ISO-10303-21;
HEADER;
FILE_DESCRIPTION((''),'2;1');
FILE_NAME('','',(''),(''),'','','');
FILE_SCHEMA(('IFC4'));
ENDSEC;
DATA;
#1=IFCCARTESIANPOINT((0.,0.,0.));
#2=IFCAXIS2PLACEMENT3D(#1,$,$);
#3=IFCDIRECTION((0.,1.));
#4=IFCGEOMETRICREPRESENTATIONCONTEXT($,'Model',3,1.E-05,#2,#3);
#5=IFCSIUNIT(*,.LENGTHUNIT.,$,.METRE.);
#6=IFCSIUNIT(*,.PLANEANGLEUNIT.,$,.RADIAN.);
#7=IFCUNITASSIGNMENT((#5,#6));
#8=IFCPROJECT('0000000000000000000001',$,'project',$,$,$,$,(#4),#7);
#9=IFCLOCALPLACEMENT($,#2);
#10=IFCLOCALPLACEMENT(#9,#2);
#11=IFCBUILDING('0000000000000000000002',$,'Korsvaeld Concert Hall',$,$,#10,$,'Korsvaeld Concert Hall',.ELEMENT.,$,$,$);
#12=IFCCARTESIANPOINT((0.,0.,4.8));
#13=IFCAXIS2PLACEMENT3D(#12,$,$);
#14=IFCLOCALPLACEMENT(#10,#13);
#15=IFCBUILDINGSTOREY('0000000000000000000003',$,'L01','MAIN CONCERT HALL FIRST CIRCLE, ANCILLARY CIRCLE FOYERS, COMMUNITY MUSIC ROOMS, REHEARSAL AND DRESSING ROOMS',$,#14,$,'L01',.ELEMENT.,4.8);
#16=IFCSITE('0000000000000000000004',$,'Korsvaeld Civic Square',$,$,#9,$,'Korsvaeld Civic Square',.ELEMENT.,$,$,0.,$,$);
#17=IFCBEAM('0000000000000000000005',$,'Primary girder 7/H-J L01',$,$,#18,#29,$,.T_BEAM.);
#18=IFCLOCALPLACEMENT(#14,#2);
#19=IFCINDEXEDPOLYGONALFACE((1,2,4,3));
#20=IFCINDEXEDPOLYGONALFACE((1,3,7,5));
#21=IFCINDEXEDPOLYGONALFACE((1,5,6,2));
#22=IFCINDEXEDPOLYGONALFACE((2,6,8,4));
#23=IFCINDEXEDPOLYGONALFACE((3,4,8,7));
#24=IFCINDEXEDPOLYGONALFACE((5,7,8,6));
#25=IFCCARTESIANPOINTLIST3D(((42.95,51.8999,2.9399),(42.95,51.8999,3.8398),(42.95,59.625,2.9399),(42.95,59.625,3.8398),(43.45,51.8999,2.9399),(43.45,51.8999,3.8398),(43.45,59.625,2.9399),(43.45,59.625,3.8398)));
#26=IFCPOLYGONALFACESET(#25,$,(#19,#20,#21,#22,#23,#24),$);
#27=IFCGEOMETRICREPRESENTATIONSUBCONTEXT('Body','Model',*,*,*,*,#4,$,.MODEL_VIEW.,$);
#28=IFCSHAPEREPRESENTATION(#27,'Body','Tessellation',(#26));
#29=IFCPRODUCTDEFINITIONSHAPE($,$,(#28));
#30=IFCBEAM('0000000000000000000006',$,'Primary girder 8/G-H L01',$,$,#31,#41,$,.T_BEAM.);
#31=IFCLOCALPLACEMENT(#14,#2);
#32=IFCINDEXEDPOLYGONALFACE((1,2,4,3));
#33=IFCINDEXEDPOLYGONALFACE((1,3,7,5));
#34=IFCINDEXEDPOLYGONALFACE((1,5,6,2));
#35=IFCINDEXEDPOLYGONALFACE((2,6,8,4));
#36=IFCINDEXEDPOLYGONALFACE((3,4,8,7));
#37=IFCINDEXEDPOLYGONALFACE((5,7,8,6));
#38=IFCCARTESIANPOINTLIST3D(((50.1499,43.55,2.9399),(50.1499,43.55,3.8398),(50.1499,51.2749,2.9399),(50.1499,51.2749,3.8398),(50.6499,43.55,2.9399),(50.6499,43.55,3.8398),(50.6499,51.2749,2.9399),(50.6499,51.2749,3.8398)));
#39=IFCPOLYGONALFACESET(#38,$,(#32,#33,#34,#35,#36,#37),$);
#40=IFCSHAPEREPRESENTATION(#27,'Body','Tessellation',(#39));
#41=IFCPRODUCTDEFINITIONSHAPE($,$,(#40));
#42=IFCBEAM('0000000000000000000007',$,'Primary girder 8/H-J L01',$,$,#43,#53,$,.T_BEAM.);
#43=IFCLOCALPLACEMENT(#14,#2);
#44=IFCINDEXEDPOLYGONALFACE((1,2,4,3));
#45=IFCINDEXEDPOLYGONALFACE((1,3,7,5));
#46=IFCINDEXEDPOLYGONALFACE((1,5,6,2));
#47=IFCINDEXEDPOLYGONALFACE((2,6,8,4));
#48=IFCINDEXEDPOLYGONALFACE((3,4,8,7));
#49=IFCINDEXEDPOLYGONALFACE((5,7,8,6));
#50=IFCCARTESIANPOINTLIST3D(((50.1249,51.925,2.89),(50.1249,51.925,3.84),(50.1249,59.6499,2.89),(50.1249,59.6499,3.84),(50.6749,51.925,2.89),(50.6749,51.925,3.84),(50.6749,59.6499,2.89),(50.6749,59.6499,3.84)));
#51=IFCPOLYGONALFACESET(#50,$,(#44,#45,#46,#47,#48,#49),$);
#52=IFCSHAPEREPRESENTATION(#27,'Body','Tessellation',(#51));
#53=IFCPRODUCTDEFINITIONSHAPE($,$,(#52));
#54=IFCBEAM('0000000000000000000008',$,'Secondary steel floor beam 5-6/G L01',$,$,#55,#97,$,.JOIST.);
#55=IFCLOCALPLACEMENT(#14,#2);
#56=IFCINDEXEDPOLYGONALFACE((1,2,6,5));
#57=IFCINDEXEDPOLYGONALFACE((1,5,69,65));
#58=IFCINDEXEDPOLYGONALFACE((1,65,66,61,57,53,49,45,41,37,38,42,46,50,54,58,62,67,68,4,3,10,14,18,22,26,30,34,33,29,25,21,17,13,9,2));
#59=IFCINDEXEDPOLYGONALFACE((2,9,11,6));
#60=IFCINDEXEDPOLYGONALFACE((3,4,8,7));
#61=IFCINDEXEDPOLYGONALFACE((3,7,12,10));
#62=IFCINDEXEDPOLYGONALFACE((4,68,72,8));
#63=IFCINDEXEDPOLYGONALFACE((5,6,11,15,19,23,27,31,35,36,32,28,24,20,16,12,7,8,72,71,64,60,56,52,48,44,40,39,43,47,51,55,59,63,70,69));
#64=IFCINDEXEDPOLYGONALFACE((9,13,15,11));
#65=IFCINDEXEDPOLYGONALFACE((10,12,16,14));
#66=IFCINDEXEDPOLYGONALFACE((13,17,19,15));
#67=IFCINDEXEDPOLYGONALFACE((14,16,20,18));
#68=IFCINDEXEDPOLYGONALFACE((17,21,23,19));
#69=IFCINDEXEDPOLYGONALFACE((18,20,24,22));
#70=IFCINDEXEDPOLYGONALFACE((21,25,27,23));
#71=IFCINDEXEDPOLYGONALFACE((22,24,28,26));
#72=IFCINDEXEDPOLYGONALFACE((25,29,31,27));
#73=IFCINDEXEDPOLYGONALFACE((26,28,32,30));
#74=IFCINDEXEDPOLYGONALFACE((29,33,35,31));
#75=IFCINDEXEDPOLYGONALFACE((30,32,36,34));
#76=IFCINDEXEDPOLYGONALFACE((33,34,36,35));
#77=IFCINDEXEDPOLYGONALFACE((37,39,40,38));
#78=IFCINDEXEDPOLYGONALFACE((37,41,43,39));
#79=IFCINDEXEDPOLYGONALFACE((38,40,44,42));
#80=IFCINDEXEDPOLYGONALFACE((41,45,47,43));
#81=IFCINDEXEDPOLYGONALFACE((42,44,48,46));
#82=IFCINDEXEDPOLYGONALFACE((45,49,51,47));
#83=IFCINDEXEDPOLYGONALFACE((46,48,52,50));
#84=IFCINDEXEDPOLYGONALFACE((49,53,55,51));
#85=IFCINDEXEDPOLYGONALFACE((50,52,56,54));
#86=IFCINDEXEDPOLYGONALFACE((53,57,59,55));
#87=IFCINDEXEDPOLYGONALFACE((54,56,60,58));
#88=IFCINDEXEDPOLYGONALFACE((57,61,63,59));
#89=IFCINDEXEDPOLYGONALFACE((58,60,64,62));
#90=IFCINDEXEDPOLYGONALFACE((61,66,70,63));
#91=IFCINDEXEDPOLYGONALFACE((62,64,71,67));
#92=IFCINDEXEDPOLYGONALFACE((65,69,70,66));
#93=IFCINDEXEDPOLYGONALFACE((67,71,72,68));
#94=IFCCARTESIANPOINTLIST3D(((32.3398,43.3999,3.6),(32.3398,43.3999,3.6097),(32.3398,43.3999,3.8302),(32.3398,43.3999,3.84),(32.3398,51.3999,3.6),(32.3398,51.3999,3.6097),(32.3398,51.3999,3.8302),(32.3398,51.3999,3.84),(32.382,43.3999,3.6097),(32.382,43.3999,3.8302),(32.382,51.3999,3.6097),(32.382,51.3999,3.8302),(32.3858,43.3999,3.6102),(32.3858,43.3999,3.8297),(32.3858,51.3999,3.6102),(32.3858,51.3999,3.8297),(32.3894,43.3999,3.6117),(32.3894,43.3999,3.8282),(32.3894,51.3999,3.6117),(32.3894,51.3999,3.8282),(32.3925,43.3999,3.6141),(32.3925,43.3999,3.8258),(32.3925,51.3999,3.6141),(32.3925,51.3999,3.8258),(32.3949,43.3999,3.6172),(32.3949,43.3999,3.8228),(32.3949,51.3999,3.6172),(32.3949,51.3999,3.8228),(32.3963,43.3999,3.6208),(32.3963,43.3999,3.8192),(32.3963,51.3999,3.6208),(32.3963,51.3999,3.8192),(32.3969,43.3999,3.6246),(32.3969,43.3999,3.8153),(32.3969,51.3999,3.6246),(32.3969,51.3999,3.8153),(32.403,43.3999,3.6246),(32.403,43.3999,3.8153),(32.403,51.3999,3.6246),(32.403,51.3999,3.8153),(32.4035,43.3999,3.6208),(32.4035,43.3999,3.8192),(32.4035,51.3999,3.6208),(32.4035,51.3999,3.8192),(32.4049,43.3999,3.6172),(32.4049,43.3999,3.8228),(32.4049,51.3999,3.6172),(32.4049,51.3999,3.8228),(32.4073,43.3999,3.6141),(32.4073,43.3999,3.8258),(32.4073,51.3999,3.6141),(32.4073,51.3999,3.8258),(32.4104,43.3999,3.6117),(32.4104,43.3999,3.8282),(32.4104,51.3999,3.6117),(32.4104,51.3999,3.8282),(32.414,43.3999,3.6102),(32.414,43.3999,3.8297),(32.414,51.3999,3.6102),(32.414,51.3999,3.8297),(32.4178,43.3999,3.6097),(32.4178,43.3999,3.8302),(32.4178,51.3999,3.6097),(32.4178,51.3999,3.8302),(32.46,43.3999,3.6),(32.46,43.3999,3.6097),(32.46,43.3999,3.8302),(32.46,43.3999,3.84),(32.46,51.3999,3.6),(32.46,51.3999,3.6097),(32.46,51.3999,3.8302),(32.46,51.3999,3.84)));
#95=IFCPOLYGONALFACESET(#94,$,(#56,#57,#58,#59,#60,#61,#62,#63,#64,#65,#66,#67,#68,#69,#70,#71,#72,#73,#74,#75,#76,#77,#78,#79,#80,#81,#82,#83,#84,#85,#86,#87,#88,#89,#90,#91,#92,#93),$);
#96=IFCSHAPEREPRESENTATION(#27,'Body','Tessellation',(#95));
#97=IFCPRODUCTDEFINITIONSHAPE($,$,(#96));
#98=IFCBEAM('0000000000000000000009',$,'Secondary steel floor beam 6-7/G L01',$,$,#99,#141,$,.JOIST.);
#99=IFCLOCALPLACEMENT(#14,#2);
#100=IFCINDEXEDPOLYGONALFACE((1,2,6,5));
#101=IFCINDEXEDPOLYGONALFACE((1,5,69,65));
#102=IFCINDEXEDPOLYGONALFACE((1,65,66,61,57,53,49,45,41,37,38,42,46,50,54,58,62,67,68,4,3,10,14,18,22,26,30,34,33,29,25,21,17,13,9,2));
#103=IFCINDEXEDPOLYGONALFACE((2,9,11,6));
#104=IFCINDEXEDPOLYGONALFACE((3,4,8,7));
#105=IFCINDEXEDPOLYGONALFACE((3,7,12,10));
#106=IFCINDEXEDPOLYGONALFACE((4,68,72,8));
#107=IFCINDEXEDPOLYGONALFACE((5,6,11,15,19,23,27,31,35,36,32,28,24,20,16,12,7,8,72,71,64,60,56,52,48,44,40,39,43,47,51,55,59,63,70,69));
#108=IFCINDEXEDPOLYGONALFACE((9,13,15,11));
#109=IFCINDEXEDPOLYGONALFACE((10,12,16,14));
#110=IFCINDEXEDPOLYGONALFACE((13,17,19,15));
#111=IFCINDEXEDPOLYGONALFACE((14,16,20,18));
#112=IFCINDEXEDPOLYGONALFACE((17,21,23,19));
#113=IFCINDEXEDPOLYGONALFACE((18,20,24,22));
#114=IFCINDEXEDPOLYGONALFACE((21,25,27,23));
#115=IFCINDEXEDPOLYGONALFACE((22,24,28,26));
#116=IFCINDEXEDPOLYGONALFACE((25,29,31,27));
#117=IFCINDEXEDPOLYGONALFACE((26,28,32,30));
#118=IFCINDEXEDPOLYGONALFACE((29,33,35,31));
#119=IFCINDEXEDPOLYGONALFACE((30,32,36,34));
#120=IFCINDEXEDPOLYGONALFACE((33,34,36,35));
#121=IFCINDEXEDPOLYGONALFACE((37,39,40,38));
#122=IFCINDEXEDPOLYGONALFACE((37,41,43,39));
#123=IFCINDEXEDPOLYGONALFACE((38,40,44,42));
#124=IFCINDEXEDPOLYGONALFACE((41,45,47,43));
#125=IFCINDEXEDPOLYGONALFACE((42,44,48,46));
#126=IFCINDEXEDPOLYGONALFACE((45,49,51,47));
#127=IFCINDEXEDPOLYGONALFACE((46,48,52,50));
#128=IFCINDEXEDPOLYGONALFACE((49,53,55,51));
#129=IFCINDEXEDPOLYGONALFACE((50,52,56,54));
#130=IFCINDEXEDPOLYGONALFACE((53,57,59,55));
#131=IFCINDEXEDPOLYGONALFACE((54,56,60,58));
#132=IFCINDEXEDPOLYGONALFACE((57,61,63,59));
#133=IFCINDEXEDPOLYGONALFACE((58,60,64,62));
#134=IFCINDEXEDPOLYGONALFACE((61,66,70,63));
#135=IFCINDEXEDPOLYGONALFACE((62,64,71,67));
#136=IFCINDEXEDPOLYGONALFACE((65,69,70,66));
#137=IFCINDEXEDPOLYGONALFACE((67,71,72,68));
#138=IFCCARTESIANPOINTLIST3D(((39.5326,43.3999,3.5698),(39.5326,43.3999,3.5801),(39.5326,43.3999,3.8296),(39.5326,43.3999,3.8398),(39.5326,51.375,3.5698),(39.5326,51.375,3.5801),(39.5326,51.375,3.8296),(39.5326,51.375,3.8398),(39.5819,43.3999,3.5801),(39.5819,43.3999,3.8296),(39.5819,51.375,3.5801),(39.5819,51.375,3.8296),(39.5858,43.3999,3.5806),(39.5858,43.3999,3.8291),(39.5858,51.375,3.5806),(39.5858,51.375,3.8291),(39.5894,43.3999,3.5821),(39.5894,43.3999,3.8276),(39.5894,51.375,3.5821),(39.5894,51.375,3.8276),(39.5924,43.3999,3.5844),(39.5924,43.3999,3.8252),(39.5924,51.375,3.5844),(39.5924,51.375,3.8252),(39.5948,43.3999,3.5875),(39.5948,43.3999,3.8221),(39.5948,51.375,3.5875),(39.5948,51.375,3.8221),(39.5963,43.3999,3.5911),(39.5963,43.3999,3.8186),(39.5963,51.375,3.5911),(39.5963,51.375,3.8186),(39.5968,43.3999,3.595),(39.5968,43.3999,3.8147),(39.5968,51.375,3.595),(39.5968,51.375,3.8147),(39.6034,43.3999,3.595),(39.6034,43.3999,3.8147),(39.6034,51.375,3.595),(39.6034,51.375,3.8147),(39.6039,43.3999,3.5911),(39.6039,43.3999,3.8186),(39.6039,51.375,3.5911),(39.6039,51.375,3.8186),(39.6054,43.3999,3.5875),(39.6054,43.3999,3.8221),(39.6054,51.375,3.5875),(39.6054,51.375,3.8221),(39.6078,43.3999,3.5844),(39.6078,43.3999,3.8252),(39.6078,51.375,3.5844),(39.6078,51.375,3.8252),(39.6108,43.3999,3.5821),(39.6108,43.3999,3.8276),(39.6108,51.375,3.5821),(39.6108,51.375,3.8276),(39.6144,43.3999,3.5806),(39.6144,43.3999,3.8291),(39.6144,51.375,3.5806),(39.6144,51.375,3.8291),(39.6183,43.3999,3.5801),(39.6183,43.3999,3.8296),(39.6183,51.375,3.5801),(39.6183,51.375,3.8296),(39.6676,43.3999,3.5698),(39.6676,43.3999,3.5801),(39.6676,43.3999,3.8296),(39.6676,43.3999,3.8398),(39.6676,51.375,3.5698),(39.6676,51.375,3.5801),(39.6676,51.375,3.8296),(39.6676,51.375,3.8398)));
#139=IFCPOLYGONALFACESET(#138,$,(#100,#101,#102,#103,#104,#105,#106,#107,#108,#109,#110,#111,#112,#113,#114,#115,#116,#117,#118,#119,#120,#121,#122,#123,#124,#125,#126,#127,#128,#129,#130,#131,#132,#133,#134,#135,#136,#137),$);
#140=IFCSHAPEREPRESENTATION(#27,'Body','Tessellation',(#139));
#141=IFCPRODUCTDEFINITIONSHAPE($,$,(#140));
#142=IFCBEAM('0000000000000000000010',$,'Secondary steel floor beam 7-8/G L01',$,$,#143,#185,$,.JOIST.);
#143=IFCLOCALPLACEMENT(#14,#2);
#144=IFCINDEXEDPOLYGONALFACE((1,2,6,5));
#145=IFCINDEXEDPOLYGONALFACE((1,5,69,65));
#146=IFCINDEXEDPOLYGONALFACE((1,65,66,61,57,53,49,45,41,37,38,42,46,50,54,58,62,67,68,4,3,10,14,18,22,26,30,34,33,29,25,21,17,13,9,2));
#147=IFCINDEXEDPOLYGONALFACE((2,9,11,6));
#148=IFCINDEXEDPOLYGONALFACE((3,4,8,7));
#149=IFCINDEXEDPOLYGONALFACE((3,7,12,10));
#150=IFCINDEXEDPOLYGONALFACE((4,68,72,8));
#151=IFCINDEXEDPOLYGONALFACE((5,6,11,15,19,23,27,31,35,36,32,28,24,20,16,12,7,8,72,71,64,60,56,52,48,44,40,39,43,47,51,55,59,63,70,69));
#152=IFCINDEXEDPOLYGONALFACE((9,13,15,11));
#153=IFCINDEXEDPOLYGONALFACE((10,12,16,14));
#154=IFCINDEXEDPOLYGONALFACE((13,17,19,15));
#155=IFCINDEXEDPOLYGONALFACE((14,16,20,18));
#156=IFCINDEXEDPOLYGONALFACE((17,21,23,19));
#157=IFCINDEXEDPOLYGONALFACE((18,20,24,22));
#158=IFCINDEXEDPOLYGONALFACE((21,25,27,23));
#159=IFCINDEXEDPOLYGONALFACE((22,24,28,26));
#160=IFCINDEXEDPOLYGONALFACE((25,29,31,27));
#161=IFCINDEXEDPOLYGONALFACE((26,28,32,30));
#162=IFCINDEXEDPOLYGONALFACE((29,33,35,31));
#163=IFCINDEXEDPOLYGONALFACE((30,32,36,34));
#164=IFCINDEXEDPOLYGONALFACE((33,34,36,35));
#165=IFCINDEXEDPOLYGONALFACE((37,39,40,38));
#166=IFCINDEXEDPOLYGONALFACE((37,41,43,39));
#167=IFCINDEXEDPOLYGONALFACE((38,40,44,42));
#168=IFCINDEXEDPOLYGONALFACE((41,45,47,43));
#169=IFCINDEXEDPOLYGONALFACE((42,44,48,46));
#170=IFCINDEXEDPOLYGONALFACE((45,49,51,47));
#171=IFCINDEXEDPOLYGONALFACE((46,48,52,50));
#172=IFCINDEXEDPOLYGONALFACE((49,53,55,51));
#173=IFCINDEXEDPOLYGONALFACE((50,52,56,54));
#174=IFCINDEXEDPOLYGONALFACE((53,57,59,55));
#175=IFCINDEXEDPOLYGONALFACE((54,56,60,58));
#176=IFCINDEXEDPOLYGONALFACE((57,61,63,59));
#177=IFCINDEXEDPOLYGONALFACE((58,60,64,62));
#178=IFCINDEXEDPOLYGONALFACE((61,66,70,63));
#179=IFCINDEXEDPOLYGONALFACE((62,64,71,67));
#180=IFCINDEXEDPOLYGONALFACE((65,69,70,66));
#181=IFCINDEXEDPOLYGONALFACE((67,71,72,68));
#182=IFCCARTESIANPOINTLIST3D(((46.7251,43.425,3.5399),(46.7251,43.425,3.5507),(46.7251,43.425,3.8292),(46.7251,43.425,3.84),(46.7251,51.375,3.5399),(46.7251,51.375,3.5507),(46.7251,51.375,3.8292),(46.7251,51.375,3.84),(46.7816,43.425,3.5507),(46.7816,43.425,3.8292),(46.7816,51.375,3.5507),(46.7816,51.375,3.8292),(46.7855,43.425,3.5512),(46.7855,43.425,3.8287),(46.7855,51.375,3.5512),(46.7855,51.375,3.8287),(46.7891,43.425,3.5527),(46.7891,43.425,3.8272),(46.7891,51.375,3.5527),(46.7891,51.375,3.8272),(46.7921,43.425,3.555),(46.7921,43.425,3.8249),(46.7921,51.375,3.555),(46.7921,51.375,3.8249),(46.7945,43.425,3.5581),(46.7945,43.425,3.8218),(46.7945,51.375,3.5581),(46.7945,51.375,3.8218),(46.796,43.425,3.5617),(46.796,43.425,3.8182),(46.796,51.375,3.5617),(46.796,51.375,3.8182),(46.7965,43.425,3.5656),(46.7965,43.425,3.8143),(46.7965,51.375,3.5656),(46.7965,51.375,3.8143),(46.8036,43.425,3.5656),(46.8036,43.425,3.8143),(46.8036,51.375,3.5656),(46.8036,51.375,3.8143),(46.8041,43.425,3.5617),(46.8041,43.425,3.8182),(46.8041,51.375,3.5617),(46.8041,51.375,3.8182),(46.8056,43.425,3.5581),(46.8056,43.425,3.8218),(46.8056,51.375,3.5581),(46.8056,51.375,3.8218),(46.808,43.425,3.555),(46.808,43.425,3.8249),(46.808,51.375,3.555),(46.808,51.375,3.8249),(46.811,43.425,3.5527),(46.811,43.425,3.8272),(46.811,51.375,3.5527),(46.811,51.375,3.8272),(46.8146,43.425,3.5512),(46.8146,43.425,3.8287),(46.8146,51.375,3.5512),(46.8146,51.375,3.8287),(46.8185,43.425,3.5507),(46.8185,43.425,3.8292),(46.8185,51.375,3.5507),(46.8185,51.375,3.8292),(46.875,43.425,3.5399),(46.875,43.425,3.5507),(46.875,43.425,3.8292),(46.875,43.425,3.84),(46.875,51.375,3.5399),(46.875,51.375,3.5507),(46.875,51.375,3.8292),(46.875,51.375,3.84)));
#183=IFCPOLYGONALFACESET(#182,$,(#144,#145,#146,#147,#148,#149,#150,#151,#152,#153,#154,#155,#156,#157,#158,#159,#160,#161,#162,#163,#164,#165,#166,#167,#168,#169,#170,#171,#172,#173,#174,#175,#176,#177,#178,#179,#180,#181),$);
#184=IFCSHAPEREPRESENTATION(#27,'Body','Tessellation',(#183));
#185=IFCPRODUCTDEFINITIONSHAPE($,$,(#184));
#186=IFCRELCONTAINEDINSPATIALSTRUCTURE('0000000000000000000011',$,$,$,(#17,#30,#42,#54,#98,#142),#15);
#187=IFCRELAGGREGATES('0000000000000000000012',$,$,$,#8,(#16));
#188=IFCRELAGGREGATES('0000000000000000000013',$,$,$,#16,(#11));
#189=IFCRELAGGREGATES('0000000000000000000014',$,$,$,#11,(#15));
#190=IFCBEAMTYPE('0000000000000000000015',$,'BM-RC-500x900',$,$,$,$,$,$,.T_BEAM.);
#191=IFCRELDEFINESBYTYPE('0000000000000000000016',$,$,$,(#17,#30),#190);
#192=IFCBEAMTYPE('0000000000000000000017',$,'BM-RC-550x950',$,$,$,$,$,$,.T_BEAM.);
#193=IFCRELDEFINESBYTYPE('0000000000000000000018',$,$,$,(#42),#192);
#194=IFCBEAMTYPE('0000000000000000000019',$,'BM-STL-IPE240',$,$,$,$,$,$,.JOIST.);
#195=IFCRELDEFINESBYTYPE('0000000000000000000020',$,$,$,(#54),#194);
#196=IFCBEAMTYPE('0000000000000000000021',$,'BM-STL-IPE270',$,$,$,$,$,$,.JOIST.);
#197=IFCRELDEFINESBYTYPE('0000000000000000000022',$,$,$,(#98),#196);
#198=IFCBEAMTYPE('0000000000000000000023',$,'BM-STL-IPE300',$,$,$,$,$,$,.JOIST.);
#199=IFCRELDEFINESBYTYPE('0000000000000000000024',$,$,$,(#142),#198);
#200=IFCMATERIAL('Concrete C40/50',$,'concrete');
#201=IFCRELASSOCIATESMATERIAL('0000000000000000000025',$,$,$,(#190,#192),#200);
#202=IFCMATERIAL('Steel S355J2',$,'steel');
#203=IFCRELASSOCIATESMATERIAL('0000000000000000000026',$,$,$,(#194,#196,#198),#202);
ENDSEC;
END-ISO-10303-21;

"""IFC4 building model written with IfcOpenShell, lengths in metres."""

from ifc_helpers import new_model, si_unit, direction, frame, origin, origin_2d, place, context, subcontext, project, spatial, rectangle, i_section, extrude, material, material_profile, profile_set, type_object, element, save


model = new_model("IFC4")

# Units and contexts
model_context = context("Model", 3, precision=1e-05, world=origin(), true_north=direction((0.0, 1.0)))
body_context = subcontext(model_context, "Body", "Model", "MODEL_VIEW")
ifc_project = project(units=[si_unit("LENGTHUNIT", "METRE"), si_unit("PLANEANGLEUNIT", "RADIAN")], contexts=[model_context])

# Site, building, storey
site_placement = place(None, origin())
site = spatial("IfcSite", under=ifc_project, at=site_placement, Name="Korsvaeld Civic Square", LongName="Korsvaeld Civic Square", CompositionType="ELEMENT", RefElevation=0.0)
building_placement = place(site_placement, origin())
building = spatial("IfcBuilding", under=site, at=building_placement, Name="Korsvaeld Concert Hall", LongName="Korsvaeld Concert Hall", CompositionType="ELEMENT")
storey_placement = place(building_placement, frame((0.0, 0.0, 4.8)))
storey = spatial("IfcBuildingStorey", under=building, at=storey_placement, Name="L01", Description="MAIN CONCERT HALL FIRST CIRCLE, ANCILLARY CIRCLE FOYERS, COMMUNITY MUSIC ROOMS, REHEARSAL AND DRESSING ROOMS", LongName="L01", CompositionType="ELEMENT", Elevation=4.8)

# Shared definitions
ifc_material_1 = material(Name="Concrete C40/50", Category="concrete")

# Beams
ifc_material_profile_1 = material_profile(ifc_material_1, rectangle(XDim=0.5, YDim=0.8999, at=origin_2d()), Name="RC 500x900")
ifc_profile_set_1 = profile_set([ifc_material_profile_1], Name="Concrete C40/50")
beam_type_1 = type_object("IfcBeamType", Name="BM-RC-500x900", PredefinedType="T_BEAM", material=ifc_profile_set_1)
beam_1_placement = place(storey_placement, frame((43.2, 51.8999, 3.3899), z_axis=(0.0, 1.0, 0.0), x_axis=(-1.0, 0.0, 0.0)))
element("IfcBeam", 1, at=beam_1_placement, inside=storey, type_object=beam_type_1, Name="Primary girder 7/H-J L01", PredefinedType="T_BEAM", context=body_context, shape_type="SweptSolid", body=[
    extrude(rectangle(XDim=0.5, YDim=0.8999, at=origin_2d()), origin(), (0.0, 0.0, 1.0), 7.7251),
])
beam_2_placement = place(storey_placement, frame((50.3999, 43.55, 3.3899), z_axis=(0.0, 1.0, 0.0), x_axis=(-1.0, 0.0, 0.0)))
element("IfcBeam", 2, at=beam_2_placement, inside=storey, type_object=beam_type_1, Name="Primary girder 8/G-H L01", PredefinedType="T_BEAM", context=body_context, shape_type="SweptSolid", body=[
    extrude(rectangle(XDim=0.5, YDim=0.8999, at=origin_2d()), origin(), (0.0, 0.0, 1.0), 7.7249),
])
ifc_material_profile_2 = material_profile(ifc_material_1, rectangle(XDim=0.55, YDim=0.95, at=origin_2d()), Name="RC 550x950")
ifc_profile_set_2 = profile_set([ifc_material_profile_2], Name="Concrete C40/50")
beam_type_2 = type_object("IfcBeamType", Name="BM-RC-550x950", PredefinedType="T_BEAM", material=ifc_profile_set_2)
beam_3_placement = place(storey_placement, frame((50.3999, 51.925, 3.365), z_axis=(0.0, 1.0, 0.0), x_axis=(-1.0, 0.0, 0.0)))
element("IfcBeam", 3, at=beam_3_placement, inside=storey, type_object=beam_type_2, Name="Primary girder 8/H-J L01", PredefinedType="T_BEAM", context=body_context, shape_type="SweptSolid", body=[
    extrude(rectangle(XDim=0.55, YDim=0.95, at=origin_2d()), origin(), (0.0, 0.0, 1.0), 7.7249),
])
ifc_material_2 = material(Name="Steel S355J2", Category="steel")
ifc_material_profile_3 = material_profile(ifc_material_2, i_section(OverallWidth=0.1201, OverallDepth=0.24, WebThickness=0.0061, FlangeThickness=0.0098, FilletRadius=0.0149, at=origin_2d()), Name="IPE 240")
ifc_profile_set_3 = profile_set([ifc_material_profile_3], Name="Steel S355J2")
beam_type_3 = type_object("IfcBeamType", Name="BM-STL-IPE240", PredefinedType="JOIST", material=ifc_profile_set_3)
beam_4_placement = place(storey_placement, frame((32.3999, 43.3999, 3.72), z_axis=(0.0, 1.0, 0.0), x_axis=(-1.0, 0.0, 0.0)))
element("IfcBeam", 4, at=beam_4_placement, inside=storey, type_object=beam_type_3, Name="Secondary steel floor beam 5-6/G L01", PredefinedType="JOIST", context=body_context, shape_type="SweptSolid", body=[
    extrude(i_section(OverallWidth=0.1201, OverallDepth=0.24, WebThickness=0.0061, FlangeThickness=0.0098, FilletRadius=0.0149, at=origin_2d()), origin(), (0.0, 0.0, 1.0), 8.0),
])
ifc_material_profile_4 = material_profile(ifc_material_2, i_section(OverallWidth=0.135, OverallDepth=0.27, WebThickness=0.0066, FlangeThickness=0.0103, FilletRadius=0.0149, at=origin_2d()), Name="IPE 270")
ifc_profile_set_4 = profile_set([ifc_material_profile_4], Name="Steel S355J2")
beam_type_4 = type_object("IfcBeamType", Name="BM-STL-IPE270", PredefinedType="JOIST", material=ifc_profile_set_4)
beam_5_placement = place(storey_placement, frame((39.6001, 43.3999, 3.7048), z_axis=(0.0, 1.0, 0.0), x_axis=(-1.0, 0.0, 0.0)))
element("IfcBeam", 5, at=beam_5_placement, inside=storey, type_object=beam_type_4, Name="Secondary steel floor beam 6-7/G L01", PredefinedType="JOIST", context=body_context, shape_type="SweptSolid", body=[
    extrude(i_section(OverallWidth=0.135, OverallDepth=0.27, WebThickness=0.0066, FlangeThickness=0.0103, FilletRadius=0.0149, at=origin_2d()), origin(), (0.0, 0.0, 1.0), 7.9751),
])
ifc_material_profile_5 = material_profile(ifc_material_2, i_section(OverallWidth=0.1499, OverallDepth=0.3, WebThickness=0.0071, FlangeThickness=0.0107, FilletRadius=0.0149, at=origin_2d()), Name="IPE 300")
ifc_profile_set_5 = profile_set([ifc_material_profile_5], Name="Steel S355J2")
beam_type_5 = type_object("IfcBeamType", Name="BM-STL-IPE300", PredefinedType="JOIST", material=ifc_profile_set_5)
beam_6_placement = place(storey_placement, frame((46.8, 43.425, 3.6899), z_axis=(0.0, 1.0, 0.0), x_axis=(-1.0, 0.0, 0.0)))
element("IfcBeam", 6, at=beam_6_placement, inside=storey, type_object=beam_type_5, Name="Secondary steel floor beam 7-8/G L01", PredefinedType="JOIST", context=body_context, shape_type="SweptSolid", body=[
    extrude(i_section(OverallWidth=0.1499, OverallDepth=0.3, WebThickness=0.0071, FlangeThickness=0.0107, FilletRadius=0.0149, at=origin_2d()), origin(), (0.0, 0.0, 1.0), 7.95),
])

save(model, "model.ifc")
